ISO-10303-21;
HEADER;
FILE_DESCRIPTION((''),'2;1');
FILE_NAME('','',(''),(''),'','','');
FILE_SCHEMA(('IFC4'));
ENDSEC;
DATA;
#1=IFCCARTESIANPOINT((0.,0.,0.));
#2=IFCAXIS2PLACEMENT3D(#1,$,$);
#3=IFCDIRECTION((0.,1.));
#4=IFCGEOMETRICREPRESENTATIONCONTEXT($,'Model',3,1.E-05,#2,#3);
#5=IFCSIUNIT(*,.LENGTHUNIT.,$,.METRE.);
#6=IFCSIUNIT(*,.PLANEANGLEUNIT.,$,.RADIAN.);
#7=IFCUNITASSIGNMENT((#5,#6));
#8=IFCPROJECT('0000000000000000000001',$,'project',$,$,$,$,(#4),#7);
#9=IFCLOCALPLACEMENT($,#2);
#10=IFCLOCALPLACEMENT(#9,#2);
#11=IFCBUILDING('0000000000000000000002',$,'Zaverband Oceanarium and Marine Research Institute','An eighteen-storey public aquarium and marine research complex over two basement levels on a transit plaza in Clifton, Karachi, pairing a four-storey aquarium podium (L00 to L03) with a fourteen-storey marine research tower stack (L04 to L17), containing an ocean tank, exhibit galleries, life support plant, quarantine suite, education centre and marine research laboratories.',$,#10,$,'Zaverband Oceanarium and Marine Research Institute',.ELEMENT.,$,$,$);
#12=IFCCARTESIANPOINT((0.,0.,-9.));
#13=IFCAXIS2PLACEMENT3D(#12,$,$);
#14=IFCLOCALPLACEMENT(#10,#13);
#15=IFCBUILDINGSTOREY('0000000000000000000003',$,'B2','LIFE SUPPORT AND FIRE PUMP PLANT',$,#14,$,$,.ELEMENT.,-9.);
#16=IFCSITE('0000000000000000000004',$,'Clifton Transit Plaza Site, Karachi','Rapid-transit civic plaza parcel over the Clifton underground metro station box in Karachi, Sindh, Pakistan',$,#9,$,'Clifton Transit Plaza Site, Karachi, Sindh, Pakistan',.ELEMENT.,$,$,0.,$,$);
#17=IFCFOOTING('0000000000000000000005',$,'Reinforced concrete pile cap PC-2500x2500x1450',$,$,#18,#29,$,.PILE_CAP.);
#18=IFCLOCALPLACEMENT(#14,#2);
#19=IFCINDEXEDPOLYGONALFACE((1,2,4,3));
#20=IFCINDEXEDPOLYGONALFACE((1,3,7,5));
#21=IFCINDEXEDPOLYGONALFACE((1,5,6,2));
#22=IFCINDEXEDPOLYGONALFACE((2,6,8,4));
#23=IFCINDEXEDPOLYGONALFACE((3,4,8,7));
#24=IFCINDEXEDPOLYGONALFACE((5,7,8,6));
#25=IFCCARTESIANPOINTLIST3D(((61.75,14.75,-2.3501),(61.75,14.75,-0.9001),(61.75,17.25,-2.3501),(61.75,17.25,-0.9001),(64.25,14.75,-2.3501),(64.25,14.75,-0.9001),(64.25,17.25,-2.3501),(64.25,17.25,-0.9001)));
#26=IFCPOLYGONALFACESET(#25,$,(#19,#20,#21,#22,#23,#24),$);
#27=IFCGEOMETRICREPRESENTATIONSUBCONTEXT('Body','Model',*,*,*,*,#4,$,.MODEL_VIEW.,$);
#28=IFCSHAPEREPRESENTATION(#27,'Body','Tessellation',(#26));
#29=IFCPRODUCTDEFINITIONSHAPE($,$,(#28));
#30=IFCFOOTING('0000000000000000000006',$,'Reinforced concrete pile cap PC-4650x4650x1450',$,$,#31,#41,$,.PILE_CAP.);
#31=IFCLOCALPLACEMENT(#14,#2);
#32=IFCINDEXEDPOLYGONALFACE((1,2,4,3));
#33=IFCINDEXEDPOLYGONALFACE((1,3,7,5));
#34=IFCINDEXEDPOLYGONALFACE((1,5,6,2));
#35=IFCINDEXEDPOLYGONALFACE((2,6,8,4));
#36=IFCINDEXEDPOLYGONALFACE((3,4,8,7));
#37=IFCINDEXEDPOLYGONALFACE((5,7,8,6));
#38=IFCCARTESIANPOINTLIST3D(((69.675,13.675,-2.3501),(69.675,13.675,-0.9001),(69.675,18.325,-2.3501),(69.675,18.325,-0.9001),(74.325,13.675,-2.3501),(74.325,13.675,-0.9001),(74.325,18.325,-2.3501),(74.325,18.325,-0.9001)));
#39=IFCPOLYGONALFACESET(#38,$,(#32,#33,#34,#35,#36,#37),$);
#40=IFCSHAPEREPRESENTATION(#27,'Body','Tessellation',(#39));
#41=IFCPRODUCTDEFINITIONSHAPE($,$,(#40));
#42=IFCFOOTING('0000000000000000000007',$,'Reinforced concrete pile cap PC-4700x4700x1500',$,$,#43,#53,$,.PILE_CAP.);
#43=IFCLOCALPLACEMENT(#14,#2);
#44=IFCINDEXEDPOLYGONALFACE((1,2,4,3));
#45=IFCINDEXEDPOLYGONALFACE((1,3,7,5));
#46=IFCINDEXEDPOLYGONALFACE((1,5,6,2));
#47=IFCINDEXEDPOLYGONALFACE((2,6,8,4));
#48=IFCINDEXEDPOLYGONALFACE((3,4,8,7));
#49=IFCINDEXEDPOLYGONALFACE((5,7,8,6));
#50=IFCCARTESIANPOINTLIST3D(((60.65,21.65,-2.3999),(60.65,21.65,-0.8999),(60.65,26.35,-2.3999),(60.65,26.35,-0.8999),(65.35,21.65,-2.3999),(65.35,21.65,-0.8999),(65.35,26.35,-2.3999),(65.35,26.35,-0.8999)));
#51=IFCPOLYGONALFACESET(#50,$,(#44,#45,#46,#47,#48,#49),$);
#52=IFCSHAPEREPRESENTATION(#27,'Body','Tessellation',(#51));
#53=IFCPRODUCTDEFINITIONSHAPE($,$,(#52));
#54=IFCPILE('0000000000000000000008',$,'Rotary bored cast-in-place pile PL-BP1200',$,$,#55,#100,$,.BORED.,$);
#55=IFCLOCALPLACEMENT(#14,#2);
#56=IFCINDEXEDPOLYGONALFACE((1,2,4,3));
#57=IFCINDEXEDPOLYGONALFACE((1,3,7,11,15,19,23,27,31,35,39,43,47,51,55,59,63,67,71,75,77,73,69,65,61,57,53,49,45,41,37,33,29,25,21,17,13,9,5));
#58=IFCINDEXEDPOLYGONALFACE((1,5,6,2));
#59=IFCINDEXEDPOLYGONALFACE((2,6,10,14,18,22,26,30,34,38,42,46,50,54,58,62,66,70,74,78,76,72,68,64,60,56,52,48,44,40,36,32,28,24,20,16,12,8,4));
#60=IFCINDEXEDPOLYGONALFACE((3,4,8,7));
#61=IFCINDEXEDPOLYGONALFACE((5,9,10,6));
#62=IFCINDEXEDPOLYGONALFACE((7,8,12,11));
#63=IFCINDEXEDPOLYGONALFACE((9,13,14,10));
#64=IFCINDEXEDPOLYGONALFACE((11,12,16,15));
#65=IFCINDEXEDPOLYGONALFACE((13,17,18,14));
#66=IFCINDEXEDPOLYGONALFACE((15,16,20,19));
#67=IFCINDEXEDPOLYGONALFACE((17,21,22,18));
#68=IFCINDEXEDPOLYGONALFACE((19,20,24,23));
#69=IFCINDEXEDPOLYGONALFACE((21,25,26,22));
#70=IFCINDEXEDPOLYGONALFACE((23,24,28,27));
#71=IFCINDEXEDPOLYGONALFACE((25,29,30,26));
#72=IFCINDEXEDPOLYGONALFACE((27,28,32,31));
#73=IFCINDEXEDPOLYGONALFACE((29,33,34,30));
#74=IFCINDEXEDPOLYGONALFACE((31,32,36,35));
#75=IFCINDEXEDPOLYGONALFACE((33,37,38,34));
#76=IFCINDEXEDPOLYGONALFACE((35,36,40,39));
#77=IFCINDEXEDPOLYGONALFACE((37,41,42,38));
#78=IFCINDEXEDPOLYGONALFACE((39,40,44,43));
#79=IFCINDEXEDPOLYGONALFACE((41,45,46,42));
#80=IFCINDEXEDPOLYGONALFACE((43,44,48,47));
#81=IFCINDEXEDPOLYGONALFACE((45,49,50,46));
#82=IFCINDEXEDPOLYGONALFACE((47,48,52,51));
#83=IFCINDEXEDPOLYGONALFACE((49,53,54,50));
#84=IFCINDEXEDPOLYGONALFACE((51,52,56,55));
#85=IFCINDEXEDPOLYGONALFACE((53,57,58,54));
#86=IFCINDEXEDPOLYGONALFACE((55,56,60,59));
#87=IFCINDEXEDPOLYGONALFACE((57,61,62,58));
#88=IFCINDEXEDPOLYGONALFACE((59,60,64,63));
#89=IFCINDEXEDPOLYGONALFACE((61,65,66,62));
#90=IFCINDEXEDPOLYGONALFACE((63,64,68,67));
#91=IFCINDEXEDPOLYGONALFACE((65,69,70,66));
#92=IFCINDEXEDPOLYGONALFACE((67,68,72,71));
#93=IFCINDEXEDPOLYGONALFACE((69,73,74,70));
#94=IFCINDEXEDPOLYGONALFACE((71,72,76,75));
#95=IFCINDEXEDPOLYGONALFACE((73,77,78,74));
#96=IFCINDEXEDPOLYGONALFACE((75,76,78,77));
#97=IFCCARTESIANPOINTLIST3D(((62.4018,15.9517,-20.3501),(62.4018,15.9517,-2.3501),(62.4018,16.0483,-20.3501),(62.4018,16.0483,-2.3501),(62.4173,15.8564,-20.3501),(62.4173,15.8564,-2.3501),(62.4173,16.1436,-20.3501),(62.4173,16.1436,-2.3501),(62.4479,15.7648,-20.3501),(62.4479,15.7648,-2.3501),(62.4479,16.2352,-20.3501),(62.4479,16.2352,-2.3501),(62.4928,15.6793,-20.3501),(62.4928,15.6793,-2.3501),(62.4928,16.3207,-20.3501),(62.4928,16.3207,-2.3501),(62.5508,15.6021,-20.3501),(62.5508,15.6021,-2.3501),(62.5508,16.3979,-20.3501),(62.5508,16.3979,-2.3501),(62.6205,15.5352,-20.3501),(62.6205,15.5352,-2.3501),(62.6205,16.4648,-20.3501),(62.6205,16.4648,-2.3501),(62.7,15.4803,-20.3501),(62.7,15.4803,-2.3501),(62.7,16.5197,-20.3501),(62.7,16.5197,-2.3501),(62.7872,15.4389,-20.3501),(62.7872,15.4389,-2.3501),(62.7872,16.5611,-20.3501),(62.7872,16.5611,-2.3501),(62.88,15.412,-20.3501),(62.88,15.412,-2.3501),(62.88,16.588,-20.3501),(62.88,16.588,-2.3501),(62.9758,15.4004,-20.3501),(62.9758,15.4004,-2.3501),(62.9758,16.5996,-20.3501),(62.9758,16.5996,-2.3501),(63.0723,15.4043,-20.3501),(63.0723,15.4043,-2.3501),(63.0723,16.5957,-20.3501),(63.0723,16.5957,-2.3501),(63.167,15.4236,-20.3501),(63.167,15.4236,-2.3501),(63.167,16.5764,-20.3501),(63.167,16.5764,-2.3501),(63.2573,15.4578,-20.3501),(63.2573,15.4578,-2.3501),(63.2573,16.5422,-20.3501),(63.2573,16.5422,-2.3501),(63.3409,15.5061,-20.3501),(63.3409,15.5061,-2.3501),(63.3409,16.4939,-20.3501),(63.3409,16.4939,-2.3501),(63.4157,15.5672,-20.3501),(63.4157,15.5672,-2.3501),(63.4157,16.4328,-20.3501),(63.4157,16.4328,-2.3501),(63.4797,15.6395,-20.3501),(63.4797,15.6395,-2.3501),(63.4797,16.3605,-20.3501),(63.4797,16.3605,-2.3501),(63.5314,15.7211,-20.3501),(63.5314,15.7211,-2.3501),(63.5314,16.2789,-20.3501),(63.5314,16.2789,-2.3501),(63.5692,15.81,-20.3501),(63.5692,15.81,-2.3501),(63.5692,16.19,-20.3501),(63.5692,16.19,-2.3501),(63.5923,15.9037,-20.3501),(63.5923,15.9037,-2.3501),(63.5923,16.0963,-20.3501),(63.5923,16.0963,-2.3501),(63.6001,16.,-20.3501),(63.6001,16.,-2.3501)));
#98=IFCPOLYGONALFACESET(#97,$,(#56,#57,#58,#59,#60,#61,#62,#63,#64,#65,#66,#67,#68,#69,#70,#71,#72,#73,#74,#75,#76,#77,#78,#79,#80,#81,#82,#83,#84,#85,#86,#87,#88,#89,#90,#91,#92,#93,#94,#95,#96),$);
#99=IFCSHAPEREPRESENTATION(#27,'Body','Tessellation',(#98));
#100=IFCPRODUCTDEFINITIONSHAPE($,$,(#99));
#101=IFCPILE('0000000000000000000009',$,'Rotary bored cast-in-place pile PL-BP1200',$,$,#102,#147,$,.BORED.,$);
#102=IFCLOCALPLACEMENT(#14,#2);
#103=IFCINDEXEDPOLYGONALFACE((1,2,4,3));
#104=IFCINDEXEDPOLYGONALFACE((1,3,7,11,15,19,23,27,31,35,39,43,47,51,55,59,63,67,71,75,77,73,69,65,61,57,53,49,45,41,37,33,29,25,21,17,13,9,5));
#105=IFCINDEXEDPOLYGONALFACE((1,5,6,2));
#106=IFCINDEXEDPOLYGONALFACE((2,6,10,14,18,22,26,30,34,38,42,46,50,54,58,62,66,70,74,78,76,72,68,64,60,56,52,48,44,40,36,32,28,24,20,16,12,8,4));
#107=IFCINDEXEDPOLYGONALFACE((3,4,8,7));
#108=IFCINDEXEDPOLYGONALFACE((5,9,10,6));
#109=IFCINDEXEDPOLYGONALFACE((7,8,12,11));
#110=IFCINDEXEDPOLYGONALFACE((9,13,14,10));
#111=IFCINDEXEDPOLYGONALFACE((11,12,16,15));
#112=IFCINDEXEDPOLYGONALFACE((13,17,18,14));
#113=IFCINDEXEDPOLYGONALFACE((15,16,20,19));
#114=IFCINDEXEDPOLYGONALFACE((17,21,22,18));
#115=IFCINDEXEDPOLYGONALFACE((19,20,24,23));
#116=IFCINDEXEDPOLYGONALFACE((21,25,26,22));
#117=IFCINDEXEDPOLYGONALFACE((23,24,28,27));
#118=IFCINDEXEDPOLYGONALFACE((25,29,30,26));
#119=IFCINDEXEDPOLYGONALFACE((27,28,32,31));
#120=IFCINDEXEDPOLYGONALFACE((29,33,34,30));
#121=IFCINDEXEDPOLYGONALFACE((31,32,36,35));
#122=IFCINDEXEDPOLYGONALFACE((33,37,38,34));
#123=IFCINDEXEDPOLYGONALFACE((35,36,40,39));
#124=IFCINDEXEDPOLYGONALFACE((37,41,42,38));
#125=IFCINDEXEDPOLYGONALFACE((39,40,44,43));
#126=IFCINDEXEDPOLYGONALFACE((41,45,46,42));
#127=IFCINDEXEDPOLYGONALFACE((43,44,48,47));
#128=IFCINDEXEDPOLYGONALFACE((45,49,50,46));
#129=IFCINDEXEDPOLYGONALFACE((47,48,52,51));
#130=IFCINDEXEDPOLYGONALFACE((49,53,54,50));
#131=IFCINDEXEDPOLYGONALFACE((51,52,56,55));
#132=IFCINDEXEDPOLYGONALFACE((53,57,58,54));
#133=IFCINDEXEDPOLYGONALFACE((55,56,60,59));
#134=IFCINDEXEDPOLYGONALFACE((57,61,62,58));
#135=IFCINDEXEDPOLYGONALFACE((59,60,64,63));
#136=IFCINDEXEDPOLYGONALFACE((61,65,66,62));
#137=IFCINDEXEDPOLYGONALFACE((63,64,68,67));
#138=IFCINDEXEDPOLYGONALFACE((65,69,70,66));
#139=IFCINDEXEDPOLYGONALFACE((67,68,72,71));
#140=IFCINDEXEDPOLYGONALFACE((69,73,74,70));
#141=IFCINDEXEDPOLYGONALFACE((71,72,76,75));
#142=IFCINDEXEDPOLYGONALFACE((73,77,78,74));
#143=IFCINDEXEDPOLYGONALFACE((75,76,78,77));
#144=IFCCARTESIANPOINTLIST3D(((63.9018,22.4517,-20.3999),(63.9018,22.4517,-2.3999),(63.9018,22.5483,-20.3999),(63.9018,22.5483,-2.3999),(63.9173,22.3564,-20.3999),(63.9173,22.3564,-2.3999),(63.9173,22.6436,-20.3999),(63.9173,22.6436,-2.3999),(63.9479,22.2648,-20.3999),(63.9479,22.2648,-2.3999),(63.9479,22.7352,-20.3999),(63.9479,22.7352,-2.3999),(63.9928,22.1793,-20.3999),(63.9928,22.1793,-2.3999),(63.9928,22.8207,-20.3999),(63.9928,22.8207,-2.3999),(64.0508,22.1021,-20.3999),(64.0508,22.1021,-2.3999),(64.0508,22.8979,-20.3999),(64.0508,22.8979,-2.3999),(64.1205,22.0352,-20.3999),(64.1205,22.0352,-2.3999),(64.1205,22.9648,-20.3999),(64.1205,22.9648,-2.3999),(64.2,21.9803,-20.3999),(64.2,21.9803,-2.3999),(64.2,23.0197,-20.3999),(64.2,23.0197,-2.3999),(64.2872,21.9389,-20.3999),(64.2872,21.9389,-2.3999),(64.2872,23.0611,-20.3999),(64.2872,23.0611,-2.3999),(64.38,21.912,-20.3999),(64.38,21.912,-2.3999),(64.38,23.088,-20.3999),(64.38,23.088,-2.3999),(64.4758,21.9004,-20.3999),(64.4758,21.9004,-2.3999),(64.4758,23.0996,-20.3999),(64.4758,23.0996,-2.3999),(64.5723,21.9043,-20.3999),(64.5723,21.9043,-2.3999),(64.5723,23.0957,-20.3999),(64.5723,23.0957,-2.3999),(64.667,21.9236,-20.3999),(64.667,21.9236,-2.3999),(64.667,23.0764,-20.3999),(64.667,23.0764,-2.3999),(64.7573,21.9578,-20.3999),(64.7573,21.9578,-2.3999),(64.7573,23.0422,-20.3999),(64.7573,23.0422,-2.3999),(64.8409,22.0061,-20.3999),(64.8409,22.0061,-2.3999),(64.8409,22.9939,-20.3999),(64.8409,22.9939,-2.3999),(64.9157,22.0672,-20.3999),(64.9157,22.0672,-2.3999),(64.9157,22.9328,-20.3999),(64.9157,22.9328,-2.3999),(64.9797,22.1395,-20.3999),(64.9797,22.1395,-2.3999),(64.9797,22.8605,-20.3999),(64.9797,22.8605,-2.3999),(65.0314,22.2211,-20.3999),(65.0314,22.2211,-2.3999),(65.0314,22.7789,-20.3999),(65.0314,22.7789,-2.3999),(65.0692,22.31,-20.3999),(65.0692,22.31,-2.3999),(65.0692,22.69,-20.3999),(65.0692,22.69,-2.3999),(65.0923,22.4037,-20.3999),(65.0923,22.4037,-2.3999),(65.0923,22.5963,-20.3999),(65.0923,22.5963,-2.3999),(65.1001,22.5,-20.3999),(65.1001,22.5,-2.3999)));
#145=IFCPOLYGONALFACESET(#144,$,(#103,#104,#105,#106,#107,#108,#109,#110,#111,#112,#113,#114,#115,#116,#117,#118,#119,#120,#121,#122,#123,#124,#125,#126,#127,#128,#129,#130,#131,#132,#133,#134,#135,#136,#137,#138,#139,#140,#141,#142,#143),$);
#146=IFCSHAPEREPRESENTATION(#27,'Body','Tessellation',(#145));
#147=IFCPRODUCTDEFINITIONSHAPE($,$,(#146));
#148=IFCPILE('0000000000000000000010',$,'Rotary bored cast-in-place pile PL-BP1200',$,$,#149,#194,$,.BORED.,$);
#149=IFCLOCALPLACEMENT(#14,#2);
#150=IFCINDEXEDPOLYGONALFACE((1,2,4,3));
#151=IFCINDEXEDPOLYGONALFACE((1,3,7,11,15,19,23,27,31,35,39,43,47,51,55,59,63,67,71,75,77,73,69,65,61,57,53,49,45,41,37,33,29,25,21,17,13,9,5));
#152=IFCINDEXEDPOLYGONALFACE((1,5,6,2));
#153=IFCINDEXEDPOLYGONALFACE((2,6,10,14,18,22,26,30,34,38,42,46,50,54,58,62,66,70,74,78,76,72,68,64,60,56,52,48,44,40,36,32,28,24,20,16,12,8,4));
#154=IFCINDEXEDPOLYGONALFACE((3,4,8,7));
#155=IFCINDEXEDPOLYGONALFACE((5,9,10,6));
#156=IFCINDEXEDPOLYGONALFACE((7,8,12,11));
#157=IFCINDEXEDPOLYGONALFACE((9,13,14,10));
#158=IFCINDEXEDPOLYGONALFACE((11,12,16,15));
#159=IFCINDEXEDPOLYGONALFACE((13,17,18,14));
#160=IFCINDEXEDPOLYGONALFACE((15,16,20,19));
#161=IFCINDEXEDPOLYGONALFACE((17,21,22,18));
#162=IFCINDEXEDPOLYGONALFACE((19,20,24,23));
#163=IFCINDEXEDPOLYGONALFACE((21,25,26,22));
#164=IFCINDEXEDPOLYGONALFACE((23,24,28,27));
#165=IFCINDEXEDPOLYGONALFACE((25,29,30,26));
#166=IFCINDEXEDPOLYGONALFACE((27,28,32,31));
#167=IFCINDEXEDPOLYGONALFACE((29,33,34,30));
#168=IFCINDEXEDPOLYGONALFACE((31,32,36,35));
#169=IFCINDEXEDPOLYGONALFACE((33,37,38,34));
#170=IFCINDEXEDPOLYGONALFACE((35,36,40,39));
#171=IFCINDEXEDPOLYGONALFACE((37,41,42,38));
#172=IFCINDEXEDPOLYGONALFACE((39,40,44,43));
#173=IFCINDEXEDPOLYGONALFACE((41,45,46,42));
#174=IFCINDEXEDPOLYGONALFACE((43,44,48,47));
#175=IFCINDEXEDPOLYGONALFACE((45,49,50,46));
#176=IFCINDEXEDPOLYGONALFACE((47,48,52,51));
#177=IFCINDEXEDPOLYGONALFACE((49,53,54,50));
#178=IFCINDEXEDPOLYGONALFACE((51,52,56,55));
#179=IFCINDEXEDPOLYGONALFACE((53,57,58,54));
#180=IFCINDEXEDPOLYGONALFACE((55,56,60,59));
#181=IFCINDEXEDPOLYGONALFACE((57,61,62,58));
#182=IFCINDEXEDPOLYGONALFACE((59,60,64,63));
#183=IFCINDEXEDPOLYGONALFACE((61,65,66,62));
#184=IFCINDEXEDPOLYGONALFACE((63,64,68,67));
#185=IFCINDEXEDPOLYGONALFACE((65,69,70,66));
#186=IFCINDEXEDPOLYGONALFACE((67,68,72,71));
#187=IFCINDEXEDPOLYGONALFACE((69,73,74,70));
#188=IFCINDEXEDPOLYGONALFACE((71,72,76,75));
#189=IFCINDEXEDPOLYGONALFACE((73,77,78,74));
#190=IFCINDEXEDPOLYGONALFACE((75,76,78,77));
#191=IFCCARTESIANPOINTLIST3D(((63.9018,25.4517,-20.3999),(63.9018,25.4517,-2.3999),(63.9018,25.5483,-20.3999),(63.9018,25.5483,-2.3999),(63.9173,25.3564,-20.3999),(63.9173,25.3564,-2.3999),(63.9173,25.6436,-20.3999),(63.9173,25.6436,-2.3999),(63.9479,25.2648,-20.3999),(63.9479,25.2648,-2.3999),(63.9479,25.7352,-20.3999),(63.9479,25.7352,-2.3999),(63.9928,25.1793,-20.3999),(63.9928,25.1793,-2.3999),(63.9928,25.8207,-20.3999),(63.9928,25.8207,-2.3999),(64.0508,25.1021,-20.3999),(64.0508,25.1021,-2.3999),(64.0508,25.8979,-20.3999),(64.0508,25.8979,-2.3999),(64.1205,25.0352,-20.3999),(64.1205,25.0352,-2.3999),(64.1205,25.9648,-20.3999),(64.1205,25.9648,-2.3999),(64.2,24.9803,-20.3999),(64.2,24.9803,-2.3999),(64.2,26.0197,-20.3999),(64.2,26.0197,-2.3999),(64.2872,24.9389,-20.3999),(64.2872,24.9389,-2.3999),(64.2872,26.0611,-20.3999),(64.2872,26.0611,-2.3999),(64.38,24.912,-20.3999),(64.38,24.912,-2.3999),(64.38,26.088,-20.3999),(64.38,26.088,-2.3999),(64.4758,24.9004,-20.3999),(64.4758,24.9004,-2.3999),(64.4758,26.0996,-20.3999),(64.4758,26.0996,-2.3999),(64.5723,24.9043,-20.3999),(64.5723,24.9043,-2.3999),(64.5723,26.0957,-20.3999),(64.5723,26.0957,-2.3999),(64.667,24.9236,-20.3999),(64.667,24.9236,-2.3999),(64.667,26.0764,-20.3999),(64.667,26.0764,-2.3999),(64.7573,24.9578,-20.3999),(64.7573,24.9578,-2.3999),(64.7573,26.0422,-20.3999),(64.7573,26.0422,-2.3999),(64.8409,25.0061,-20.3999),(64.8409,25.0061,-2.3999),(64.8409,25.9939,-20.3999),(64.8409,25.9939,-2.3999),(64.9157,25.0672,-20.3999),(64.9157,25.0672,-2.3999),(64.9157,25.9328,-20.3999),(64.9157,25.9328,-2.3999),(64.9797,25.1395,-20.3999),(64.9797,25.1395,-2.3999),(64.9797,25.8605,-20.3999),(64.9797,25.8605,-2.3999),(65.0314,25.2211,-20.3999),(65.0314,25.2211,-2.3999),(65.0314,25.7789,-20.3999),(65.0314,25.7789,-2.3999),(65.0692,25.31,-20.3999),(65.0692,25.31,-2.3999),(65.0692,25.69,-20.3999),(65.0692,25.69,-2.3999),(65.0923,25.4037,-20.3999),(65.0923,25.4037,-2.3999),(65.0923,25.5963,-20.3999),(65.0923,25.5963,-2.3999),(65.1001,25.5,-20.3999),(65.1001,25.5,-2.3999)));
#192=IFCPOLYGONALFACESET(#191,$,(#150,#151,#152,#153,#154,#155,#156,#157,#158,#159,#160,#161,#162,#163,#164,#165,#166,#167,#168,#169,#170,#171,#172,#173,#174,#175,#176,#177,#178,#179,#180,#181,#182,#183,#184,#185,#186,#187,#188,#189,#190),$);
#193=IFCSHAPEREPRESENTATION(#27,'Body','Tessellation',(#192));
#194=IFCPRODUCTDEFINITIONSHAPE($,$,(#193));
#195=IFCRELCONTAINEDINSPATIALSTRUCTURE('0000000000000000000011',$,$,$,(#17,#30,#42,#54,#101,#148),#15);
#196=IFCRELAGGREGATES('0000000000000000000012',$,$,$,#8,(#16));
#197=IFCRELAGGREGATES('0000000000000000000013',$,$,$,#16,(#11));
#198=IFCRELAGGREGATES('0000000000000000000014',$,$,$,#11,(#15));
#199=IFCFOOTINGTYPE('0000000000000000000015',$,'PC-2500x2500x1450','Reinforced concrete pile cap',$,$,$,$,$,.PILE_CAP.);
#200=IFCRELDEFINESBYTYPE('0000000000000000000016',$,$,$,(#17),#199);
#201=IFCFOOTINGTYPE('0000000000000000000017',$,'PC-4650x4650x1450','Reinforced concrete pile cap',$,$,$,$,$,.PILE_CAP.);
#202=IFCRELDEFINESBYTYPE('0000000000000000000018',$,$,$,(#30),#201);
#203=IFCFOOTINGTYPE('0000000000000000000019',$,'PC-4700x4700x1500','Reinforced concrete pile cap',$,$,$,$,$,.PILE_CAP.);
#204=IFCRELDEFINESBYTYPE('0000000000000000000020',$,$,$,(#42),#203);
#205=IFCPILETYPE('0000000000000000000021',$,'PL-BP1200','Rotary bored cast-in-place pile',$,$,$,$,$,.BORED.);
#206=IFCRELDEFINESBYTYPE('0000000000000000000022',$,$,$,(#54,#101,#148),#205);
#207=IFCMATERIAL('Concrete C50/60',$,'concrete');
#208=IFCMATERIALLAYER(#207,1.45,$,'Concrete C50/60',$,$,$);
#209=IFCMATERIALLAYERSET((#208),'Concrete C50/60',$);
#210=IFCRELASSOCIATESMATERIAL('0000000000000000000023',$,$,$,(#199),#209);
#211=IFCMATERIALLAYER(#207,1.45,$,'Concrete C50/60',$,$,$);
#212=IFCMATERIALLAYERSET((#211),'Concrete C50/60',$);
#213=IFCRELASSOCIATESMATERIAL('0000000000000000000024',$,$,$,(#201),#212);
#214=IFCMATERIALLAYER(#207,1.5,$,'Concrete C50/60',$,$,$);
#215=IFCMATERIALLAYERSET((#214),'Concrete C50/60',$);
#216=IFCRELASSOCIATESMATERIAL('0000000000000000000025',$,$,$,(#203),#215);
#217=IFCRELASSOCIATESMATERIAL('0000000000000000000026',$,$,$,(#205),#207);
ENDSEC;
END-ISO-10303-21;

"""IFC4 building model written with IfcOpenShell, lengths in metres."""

from ifc_helpers import new_model, si_unit, direction, frame, origin, origin_2d, place, context, subcontext, project, spatial, rectangle, circle, extrude, material, layer, layer_set, material_profile, profile_set, type_object, element, save


model = new_model("IFC4")

# Units and contexts
model_context = context("Model", 3, precision=1e-05, world=origin(), true_north=direction((0.0, 1.0)))
body_context = subcontext(model_context, "Body", "Model", "MODEL_VIEW")
ifc_project = project(units=[si_unit("LENGTHUNIT", "METRE"), si_unit("PLANEANGLEUNIT", "RADIAN")], contexts=[model_context])

# Site, building, storey
site_placement = place(None, origin())
site = spatial("IfcSite", under=ifc_project, at=site_placement, Name="Clifton Transit Plaza Site, Karachi", Description="Rapid-transit civic plaza parcel over the Clifton underground metro station box in Karachi, Sindh, Pakistan", LongName="Clifton Transit Plaza Site, Karachi, Sindh, Pakistan", CompositionType="ELEMENT", RefElevation=0.0)
building_placement = place(site_placement, origin())
building = spatial("IfcBuilding", under=site, at=building_placement, Name="Zaverband Oceanarium and Marine Research Institute", Description="An eighteen-storey public aquarium and marine research complex over two basement levels on a transit plaza in Clifton, Karachi, pairing a four-storey aquarium podium (L00 to L03) with a fourteen-storey marine research tower stack (L04 to L17), containing an ocean tank, exhibit galleries, life support plant, quarantine suite, education centre and marine research laboratories.", LongName="Zaverband Oceanarium and Marine Research Institute", CompositionType="ELEMENT")
storey_placement = place(building_placement, frame((0.0, 0.0, -9.0)))
storey = spatial("IfcBuildingStorey", under=building, at=storey_placement, Name="B2", Description="LIFE SUPPORT AND FIRE PUMP PLANT", CompositionType="ELEMENT", Elevation=-9.0)

# Footings
ifc_material_1 = material(Name="Concrete C50/60", Category="concrete")
ifc_layer_1 = layer(ifc_material_1, 1.45, Name="Concrete C50/60")
ifc_layer_set_1 = layer_set([ifc_layer_1], Name="Concrete C50/60")
footing_type_1 = type_object("IfcFootingType", Name="PC-2500x2500x1450", Description="Reinforced concrete pile cap", PredefinedType="PILE_CAP", material=ifc_layer_set_1)
footing_1_placement = place(storey_placement, frame((63.0, 16.0, -2.3501), z_axis=(0.0, 0.0, 1.0), x_axis=(1.0, 0.0, 0.0)))
element("IfcFooting", 1, at=footing_1_placement, inside=storey, type_object=footing_type_1, Name="Reinforced concrete pile cap PC-2500x2500x1450", PredefinedType="PILE_CAP", context=body_context, shape_type="SweptSolid", body=[
    extrude(rectangle(XDim=2.5, YDim=2.5, at=origin_2d()), origin(), (0.0, 0.0, 1.0), 1.45),
])
ifc_layer_2 = layer(ifc_material_1, 1.45, Name="Concrete C50/60")
ifc_layer_set_2 = layer_set([ifc_layer_2], Name="Concrete C50/60")
footing_type_2 = type_object("IfcFootingType", Name="PC-4650x4650x1450", Description="Reinforced concrete pile cap", PredefinedType="PILE_CAP", material=ifc_layer_set_2)
footing_2_placement = place(storey_placement, frame((72.0, 16.0, -2.3501), z_axis=(0.0, 0.0, 1.0), x_axis=(1.0, 0.0, 0.0)))
element("IfcFooting", 2, at=footing_2_placement, inside=storey, type_object=footing_type_2, Name="Reinforced concrete pile cap PC-4650x4650x1450", PredefinedType="PILE_CAP", context=body_context, shape_type="SweptSolid", body=[
    extrude(rectangle(XDim=4.6499, YDim=4.6499, at=origin_2d()), origin(), (0.0, 0.0, 1.0), 1.45),
])
ifc_layer_3 = layer(ifc_material_1, 1.5, Name="Concrete C50/60")
ifc_layer_set_3 = layer_set([ifc_layer_3], Name="Concrete C50/60")
footing_type_3 = type_object("IfcFootingType", Name="PC-4700x4700x1500", Description="Reinforced concrete pile cap", PredefinedType="PILE_CAP", material=ifc_layer_set_3)
footing_3_placement = place(storey_placement, frame((63.0, 24.0, -2.3999), z_axis=(0.0, 0.0, 1.0), x_axis=(1.0, 0.0, 0.0)))
element("IfcFooting", 3, at=footing_3_placement, inside=storey, type_object=footing_type_3, Name="Reinforced concrete pile cap PC-4700x4700x1500", PredefinedType="PILE_CAP", context=body_context, shape_type="SweptSolid", body=[
    extrude(rectangle(XDim=4.7, YDim=4.7, at=origin_2d()), origin(), (0.0, 0.0, 1.0), 1.5),
])

# Piles
ifc_material_profile_1 = material_profile(ifc_material_1, circle(Radius=0.6001, at=origin_2d()), Name="BP1200")
ifc_profile_set_1 = profile_set([ifc_material_profile_1], Name="Concrete C50/60")
pile_type = type_object("IfcPileType", Name="PL-BP1200", Description="Rotary bored cast-in-place pile", PredefinedType="BORED", material=ifc_profile_set_1)
for number, where, z_axis, x_axis, name in (
    (4, (63.0, 16.0, -2.3501), (0.0, 0.0, -1.0), (1.0, 0.0, 0.0), "Rotary bored cast-in-place pile PL-BP1200"),
    (5, (64.5, 22.5, -2.3999), (0.0, 0.0, -1.0), (1.0, 0.0, 0.0), "Rotary bored cast-in-place pile PL-BP1200"),
    (6, (64.5, 25.5, -2.3999), (0.0, 0.0, -1.0), (1.0, 0.0, 0.0), "Rotary bored cast-in-place pile PL-BP1200"),
):
    element("IfcPile", number, at=place(storey_placement, frame(where, z_axis=z_axis, x_axis=x_axis)), inside=storey, type_object=pile_type, Name=name, PredefinedType="BORED", context=body_context, shape_type="SweptSolid", body=[
        extrude(circle(Radius=0.6001, at=origin_2d()), origin(), (0.0, 0.0, 1.0), 18.0),
    ])

save(model, "model.ifc")
